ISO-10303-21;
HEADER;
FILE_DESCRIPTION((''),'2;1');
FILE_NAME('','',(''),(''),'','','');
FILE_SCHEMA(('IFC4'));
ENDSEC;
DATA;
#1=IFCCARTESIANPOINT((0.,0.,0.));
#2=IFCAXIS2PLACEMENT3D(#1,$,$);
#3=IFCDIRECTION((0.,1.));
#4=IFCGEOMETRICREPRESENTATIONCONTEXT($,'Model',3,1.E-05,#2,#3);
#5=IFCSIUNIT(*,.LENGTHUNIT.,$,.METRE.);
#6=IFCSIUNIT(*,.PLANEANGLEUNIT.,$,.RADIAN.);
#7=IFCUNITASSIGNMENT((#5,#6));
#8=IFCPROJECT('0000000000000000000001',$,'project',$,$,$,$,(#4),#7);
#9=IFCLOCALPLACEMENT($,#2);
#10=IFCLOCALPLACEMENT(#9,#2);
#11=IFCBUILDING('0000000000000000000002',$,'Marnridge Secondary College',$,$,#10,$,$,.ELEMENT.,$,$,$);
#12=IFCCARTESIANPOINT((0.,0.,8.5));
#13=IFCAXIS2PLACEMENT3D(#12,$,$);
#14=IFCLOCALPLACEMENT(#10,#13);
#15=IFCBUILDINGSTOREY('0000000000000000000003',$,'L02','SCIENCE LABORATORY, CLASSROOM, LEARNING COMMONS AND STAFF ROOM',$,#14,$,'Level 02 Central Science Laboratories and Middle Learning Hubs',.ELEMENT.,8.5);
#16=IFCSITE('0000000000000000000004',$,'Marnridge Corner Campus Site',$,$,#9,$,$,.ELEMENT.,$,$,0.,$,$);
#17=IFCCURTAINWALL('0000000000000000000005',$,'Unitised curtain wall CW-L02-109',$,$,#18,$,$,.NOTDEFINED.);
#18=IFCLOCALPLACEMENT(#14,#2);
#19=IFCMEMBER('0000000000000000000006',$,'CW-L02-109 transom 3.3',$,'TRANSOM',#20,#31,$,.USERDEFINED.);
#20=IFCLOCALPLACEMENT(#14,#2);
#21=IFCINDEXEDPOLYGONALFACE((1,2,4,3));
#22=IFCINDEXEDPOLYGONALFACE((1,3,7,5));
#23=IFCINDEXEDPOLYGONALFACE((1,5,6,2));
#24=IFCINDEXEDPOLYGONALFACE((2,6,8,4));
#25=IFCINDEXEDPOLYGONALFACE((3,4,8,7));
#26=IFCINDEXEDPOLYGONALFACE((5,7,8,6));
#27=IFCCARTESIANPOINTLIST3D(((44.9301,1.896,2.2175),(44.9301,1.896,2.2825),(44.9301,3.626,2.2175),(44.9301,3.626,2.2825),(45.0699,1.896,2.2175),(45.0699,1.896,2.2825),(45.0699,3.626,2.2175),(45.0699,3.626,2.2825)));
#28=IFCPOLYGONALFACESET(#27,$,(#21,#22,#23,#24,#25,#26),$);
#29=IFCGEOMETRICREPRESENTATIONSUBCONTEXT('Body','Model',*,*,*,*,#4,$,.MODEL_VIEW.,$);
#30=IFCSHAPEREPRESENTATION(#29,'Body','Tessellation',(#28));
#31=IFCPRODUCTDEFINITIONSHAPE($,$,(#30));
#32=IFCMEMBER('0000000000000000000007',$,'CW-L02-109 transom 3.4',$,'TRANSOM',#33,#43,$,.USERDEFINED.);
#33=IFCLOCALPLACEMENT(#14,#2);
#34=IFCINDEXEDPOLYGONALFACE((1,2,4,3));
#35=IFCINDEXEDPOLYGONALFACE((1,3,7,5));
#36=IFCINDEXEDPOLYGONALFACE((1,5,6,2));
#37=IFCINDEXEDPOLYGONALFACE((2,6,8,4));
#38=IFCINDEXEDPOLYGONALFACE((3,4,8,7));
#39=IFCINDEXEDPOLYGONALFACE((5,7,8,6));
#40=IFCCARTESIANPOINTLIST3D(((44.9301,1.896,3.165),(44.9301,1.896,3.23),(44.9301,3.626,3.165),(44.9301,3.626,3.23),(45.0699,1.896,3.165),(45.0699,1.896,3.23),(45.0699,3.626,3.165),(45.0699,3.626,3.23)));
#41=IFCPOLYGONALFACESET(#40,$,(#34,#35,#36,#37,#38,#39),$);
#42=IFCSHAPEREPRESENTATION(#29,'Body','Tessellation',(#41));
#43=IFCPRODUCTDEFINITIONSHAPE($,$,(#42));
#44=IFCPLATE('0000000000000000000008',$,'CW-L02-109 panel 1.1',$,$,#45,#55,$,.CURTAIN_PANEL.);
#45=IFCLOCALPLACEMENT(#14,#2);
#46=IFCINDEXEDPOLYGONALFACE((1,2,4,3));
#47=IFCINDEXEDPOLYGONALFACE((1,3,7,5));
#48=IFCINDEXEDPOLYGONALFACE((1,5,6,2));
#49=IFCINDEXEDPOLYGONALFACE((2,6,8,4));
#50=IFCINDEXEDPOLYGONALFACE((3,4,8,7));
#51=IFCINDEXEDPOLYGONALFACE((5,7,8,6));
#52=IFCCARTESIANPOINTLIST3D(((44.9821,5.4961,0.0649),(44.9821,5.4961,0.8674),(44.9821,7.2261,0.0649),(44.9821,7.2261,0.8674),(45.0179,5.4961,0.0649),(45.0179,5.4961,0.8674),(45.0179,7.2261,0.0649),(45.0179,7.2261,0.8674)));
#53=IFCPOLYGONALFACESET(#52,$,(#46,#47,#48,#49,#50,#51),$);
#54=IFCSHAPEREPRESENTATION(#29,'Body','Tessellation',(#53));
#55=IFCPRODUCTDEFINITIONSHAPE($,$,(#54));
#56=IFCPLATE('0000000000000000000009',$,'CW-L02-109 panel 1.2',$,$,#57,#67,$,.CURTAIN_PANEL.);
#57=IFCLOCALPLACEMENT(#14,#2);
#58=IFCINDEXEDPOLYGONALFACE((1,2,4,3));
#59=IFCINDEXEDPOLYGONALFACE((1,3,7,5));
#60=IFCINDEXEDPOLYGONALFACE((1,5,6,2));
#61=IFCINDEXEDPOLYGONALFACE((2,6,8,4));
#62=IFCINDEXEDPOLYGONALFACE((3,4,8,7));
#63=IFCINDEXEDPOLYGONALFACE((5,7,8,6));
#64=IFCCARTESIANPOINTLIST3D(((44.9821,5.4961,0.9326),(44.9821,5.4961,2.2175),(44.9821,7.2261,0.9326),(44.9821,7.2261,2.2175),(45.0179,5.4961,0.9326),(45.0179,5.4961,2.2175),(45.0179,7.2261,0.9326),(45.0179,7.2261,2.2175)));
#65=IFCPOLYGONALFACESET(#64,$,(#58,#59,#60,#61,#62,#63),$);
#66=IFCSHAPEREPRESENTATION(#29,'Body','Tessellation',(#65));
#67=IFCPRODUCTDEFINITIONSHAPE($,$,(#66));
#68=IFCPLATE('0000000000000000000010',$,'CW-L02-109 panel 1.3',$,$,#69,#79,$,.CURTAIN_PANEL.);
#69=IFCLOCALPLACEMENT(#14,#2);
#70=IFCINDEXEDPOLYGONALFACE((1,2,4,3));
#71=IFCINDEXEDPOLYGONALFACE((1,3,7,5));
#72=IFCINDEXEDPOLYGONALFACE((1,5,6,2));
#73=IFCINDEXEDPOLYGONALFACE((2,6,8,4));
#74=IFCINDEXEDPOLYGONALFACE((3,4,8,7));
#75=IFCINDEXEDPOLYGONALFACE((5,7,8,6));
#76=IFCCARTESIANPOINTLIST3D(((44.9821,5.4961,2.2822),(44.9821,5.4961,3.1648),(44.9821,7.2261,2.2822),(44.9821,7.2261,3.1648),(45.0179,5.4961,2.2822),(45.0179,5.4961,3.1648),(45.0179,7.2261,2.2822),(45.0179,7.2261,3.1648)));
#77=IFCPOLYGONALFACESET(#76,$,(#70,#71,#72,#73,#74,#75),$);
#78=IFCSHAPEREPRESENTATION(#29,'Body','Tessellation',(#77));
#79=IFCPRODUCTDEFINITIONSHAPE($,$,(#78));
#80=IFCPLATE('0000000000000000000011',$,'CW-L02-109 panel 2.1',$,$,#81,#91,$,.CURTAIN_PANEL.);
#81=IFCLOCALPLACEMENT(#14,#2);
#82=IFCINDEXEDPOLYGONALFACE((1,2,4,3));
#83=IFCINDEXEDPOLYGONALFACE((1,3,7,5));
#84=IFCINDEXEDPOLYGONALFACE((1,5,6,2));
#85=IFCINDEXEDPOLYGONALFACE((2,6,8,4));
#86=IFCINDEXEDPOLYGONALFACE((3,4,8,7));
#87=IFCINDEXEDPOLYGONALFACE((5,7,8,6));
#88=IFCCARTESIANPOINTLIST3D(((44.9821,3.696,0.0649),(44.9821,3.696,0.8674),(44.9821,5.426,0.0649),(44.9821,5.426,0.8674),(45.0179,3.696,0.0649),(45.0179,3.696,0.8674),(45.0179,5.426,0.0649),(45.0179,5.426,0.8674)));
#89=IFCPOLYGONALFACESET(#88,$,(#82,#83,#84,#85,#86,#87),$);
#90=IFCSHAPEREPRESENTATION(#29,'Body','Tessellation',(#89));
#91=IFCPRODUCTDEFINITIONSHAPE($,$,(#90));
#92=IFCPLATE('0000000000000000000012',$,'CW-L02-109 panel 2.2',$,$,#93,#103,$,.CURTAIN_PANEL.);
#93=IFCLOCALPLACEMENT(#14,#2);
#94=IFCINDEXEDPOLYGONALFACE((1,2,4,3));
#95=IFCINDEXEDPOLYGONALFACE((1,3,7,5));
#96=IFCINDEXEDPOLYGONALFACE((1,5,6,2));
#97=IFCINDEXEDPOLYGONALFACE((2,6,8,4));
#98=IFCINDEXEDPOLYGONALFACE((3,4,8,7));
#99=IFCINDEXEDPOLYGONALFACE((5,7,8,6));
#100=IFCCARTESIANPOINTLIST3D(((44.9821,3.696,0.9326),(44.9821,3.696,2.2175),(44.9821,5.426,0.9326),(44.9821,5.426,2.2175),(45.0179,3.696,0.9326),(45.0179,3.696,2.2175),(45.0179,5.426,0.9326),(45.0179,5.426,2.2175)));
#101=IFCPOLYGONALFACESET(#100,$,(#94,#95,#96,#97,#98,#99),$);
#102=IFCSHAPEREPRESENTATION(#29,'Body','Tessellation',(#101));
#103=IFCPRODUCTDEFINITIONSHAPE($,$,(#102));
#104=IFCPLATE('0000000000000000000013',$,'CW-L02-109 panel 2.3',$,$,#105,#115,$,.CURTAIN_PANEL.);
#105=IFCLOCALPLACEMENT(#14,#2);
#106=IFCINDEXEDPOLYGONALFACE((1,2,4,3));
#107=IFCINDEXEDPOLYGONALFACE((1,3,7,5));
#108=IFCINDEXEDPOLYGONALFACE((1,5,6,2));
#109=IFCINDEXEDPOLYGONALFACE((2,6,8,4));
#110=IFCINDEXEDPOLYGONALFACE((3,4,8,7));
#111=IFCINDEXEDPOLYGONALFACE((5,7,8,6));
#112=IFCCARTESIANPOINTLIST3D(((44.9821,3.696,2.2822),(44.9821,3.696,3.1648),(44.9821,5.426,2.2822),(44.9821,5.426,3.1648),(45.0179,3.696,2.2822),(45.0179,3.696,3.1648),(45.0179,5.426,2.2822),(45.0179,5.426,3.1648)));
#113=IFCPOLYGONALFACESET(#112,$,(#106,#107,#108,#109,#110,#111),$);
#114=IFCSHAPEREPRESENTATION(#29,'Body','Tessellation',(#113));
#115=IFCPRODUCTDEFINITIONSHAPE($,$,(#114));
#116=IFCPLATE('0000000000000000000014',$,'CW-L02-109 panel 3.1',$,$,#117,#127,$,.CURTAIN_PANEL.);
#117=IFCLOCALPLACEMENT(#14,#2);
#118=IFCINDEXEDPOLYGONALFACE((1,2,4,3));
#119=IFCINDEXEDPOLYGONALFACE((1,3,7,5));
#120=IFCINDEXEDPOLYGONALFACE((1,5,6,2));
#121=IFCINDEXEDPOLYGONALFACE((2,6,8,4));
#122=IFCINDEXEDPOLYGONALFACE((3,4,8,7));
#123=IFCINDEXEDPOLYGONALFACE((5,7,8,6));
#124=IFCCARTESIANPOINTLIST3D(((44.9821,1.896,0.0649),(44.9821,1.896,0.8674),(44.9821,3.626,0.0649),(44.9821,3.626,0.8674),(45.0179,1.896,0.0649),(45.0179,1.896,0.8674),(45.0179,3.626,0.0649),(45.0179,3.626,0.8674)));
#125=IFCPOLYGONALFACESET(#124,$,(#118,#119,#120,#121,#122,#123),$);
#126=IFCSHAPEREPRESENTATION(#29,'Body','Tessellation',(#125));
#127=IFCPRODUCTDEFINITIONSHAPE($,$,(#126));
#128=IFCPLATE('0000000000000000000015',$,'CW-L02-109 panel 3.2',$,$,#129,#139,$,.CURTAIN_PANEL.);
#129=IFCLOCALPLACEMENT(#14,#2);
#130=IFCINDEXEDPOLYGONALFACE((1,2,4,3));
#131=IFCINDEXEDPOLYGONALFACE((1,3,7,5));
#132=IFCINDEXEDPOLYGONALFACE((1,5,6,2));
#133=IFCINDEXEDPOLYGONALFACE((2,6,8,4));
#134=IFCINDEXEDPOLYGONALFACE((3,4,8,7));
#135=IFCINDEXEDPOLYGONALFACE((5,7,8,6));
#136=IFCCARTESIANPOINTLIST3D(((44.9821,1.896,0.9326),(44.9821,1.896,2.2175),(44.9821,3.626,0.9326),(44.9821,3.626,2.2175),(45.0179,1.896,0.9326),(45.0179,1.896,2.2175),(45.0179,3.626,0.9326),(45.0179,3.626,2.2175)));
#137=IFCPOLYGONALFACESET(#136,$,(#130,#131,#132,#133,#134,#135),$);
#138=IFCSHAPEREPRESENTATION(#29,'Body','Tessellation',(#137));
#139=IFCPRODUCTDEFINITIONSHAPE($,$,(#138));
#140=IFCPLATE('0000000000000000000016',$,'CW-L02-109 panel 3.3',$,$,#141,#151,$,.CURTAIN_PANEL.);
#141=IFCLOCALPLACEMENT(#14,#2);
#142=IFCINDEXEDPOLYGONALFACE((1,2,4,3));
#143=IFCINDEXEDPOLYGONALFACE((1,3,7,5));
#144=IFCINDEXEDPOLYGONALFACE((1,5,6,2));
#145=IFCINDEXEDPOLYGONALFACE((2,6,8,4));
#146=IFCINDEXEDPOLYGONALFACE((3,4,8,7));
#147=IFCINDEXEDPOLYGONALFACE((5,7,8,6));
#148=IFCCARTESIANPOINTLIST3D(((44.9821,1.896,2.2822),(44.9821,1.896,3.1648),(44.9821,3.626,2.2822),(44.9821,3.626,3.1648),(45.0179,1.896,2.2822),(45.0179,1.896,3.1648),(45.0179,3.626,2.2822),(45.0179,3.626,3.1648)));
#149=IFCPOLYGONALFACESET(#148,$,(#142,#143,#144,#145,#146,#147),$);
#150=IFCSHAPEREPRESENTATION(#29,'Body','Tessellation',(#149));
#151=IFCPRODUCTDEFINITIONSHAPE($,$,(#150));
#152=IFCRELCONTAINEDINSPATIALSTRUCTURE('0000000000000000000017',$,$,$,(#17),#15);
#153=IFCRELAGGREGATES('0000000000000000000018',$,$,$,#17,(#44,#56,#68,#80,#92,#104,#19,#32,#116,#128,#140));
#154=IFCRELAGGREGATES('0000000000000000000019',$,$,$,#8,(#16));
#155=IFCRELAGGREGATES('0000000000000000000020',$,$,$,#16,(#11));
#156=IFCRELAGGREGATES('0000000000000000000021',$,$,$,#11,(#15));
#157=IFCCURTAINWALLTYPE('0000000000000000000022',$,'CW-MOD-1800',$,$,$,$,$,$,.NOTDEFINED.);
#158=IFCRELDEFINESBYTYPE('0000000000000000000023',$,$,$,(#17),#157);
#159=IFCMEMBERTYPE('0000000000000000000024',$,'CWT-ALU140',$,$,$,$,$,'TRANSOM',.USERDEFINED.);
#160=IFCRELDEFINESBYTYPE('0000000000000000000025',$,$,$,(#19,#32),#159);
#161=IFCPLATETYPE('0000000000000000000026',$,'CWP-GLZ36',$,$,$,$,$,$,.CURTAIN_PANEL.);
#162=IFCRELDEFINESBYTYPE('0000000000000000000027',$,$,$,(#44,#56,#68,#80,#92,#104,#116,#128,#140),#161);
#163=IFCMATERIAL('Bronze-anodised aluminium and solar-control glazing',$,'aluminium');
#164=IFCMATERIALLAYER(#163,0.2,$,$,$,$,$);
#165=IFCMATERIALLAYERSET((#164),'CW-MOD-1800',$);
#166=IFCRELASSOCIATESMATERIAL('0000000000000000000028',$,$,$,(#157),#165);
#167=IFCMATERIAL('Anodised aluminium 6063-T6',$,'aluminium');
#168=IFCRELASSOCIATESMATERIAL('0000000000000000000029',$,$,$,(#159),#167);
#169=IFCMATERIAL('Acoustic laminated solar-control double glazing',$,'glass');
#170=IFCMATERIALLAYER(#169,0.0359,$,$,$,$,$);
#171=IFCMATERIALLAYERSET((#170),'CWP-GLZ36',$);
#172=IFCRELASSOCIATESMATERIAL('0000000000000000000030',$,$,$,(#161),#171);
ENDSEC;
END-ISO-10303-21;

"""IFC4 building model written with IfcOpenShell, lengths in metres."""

from ifc_helpers import new_model, si_unit, direction, frame, origin, origin_2d, place, context, subcontext, project, spatial, rectangle, extrude, material, layer, layer_set, material_profile, profile_set, type_object, element, aggregate, save


model = new_model("IFC4")

# Units and contexts
model_context = context("Model", 3, precision=1e-05, world=origin(), true_north=direction((0.0, 1.0)))
body_context = subcontext(model_context, "Body", "Model", "MODEL_VIEW")
ifc_project = project(units=[si_unit("LENGTHUNIT", "METRE"), si_unit("PLANEANGLEUNIT", "RADIAN")], contexts=[model_context])

# Site, building, storey
site_placement = place(None, origin())
site = spatial("IfcSite", under=ifc_project, at=site_placement, Name="Marnridge Corner Campus Site", CompositionType="ELEMENT", RefElevation=0.0)
building_placement = place(site_placement, origin())
building = spatial("IfcBuilding", under=site, at=building_placement, Name="Marnridge Secondary College", CompositionType="ELEMENT")
storey_placement = place(building_placement, frame((0.0, 0.0, 8.5)))
storey = spatial("IfcBuildingStorey", under=building, at=storey_placement, Name="L02", Description="SCIENCE LABORATORY, CLASSROOM, LEARNING COMMONS AND STAFF ROOM", LongName="Level 02 Central Science Laboratories and Middle Learning Hubs", CompositionType="ELEMENT", Elevation=8.5)

# Curtain wall, members, plates
ifc_material_1 = material(Name="Bronze-anodised aluminium and solar-control glazing", Category="aluminium")
ifc_layer_1 = layer(ifc_material_1, 0.2)
ifc_layer_set_1 = layer_set([ifc_layer_1], Name="CW-MOD-1800")
curtain_wall_type = type_object("IfcCurtainWallType", Name="CW-MOD-1800", PredefinedType="NOTDEFINED", material=ifc_layer_set_1)
curtain_wall_placement = place(storey_placement, origin())
curtain_wall = element("IfcCurtainWall", 1, at=curtain_wall_placement, inside=storey, type_object=curtain_wall_type, Name="Unitised curtain wall CW-L02-109", PredefinedType="NOTDEFINED")
ifc_material_2 = material(Name="Anodised aluminium 6063-T6", Category="aluminium")
ifc_material_profile_1 = material_profile(ifc_material_2, rectangle(XDim=0.0649, YDim=0.1399, at=origin_2d()), Name="ALU 65x140")
ifc_profile_set_1 = profile_set([ifc_material_profile_1], Name="Anodised aluminium 6063-T6")
member_type_1 = type_object("IfcMemberType", Name="CWT-ALU140", ElementType="TRANSOM", PredefinedType="USERDEFINED", material=ifc_profile_set_1)
member_1_placement = place(storey_placement, frame((45.0, 3.626, 2.25), z_axis=(0.0, -1.0, 0.0), x_axis=(0.0, 0.0, 1.0)))
member_1 = element("IfcMember", 2, at=member_1_placement, type_object=member_type_1, Name="CW-L02-109 transom 3.3", ObjectType="TRANSOM", PredefinedType="USERDEFINED", context=body_context, shape_type="SweptSolid", body=[
    extrude(rectangle(XDim=0.0649, YDim=0.1399, at=origin_2d()), origin(), (0.0, 0.0, 1.0), 1.73),
])
member_2_placement = place(storey_placement, frame((45.0, 3.626, 3.1975), z_axis=(0.0, -1.0, 0.0), x_axis=(0.0, 0.0, 1.0)))
member_2 = element("IfcMember", 3, at=member_2_placement, type_object=member_type_1, Name="CW-L02-109 transom 3.4", ObjectType="TRANSOM", PredefinedType="USERDEFINED", context=body_context, shape_type="SweptSolid", body=[
    extrude(rectangle(XDim=0.0649, YDim=0.1399, at=origin_2d()), origin(), (0.0, 0.0, 1.0), 1.73),
])
ifc_material_3 = material(Name="Acoustic laminated solar-control double glazing", Category="glass")
ifc_layer_2 = layer(ifc_material_3, 0.0359)
ifc_layer_set_2 = layer_set([ifc_layer_2], Name="CWP-GLZ36")
plate_type = type_object("IfcPlateType", Name="CWP-GLZ36", PredefinedType="CURTAIN_PANEL", material=ifc_layer_set_2)
plate_1_placement = place(storey_placement, frame((45.0, 6.3611, 0.0649), z_axis=(0.0, 0.0, 1.0), x_axis=(0.0, -1.0, 0.0)))
plate_1 = element("IfcPlate", 4, at=plate_1_placement, type_object=plate_type, Name="CW-L02-109 panel 1.1", PredefinedType="CURTAIN_PANEL", context=body_context, shape_type="SweptSolid", body=[
    extrude(rectangle(XDim=1.73, YDim=0.0359, at=origin_2d()), origin(), (0.0, 0.0, 1.0), 0.8025),
])
plate_2_placement = place(storey_placement, frame((45.0, 6.3611, 0.9326), z_axis=(0.0, 0.0, 1.0), x_axis=(0.0, -1.0, 0.0)))
plate_2 = element("IfcPlate", 5, at=plate_2_placement, type_object=plate_type, Name="CW-L02-109 panel 1.2", PredefinedType="CURTAIN_PANEL", context=body_context, shape_type="SweptSolid", body=[
    extrude(rectangle(XDim=1.73, YDim=0.0359, at=origin_2d()), origin(), (0.0, 0.0, 1.0), 1.2849),
])
plate_3_placement = place(storey_placement, frame((45.0, 6.3611, 2.2822), z_axis=(0.0, 0.0, 1.0), x_axis=(0.0, -1.0, 0.0)))
plate_3 = element("IfcPlate", 6, at=plate_3_placement, type_object=plate_type, Name="CW-L02-109 panel 1.3", PredefinedType="CURTAIN_PANEL", context=body_context, shape_type="SweptSolid", body=[
    extrude(rectangle(XDim=1.73, YDim=0.0359, at=origin_2d()), origin(), (0.0, 0.0, 1.0), 0.8826),
])
plate_4_placement = place(storey_placement, frame((45.0, 4.561, 0.0649), z_axis=(0.0, 0.0, 1.0), x_axis=(0.0, -1.0, 0.0)))
plate_4 = element("IfcPlate", 7, at=plate_4_placement, type_object=plate_type, Name="CW-L02-109 panel 2.1", PredefinedType="CURTAIN_PANEL", context=body_context, shape_type="SweptSolid", body=[
    extrude(rectangle(XDim=1.73, YDim=0.0359, at=origin_2d()), origin(), (0.0, 0.0, 1.0), 0.8025),
])
plate_5_placement = place(storey_placement, frame((45.0, 4.561, 0.9326), z_axis=(0.0, 0.0, 1.0), x_axis=(0.0, -1.0, 0.0)))
plate_5 = element("IfcPlate", 8, at=plate_5_placement, type_object=plate_type, Name="CW-L02-109 panel 2.2", PredefinedType="CURTAIN_PANEL", context=body_context, shape_type="SweptSolid", body=[
    extrude(rectangle(XDim=1.73, YDim=0.0359, at=origin_2d()), origin(), (0.0, 0.0, 1.0), 1.2849),
])
plate_6_placement = place(storey_placement, frame((45.0, 4.561, 2.2822), z_axis=(0.0, 0.0, 1.0), x_axis=(0.0, -1.0, 0.0)))
plate_6 = element("IfcPlate", 9, at=plate_6_placement, type_object=plate_type, Name="CW-L02-109 panel 2.3", PredefinedType="CURTAIN_PANEL", context=body_context, shape_type="SweptSolid", body=[
    extrude(rectangle(XDim=1.73, YDim=0.0359, at=origin_2d()), origin(), (0.0, 0.0, 1.0), 0.8826),
])
plate_7_placement = place(storey_placement, frame((45.0, 2.761, 0.0649), z_axis=(0.0, 0.0, 1.0), x_axis=(0.0, -1.0, 0.0)))
plate_7 = element("IfcPlate", 10, at=plate_7_placement, type_object=plate_type, Name="CW-L02-109 panel 3.1", PredefinedType="CURTAIN_PANEL", context=body_context, shape_type="SweptSolid", body=[
    extrude(rectangle(XDim=1.73, YDim=0.0359, at=origin_2d()), origin(), (0.0, 0.0, 1.0), 0.8025),
])
plate_8_placement = place(storey_placement, frame((45.0, 2.761, 0.9326), z_axis=(0.0, 0.0, 1.0), x_axis=(0.0, -1.0, 0.0)))
plate_8 = element("IfcPlate", 11, at=plate_8_placement, type_object=plate_type, Name="CW-L02-109 panel 3.2", PredefinedType="CURTAIN_PANEL", context=body_context, shape_type="SweptSolid", body=[
    extrude(rectangle(XDim=1.73, YDim=0.0359, at=origin_2d()), origin(), (0.0, 0.0, 1.0), 1.2849),
])
plate_9_placement = place(storey_placement, frame((45.0, 2.761, 2.2822), z_axis=(0.0, 0.0, 1.0), x_axis=(0.0, -1.0, 0.0)))
plate_9 = element("IfcPlate", 12, at=plate_9_placement, type_object=plate_type, Name="CW-L02-109 panel 3.3", PredefinedType="CURTAIN_PANEL", context=body_context, shape_type="SweptSolid", body=[
    extrude(rectangle(XDim=1.73, YDim=0.0359, at=origin_2d()), origin(), (0.0, 0.0, 1.0), 0.8826),
])
aggregate(curtain_wall, [plate_1, plate_2, plate_3, plate_4, plate_5, plate_6, member_1, member_2, plate_7, plate_8, plate_9])

save(model, "model.ifc")
